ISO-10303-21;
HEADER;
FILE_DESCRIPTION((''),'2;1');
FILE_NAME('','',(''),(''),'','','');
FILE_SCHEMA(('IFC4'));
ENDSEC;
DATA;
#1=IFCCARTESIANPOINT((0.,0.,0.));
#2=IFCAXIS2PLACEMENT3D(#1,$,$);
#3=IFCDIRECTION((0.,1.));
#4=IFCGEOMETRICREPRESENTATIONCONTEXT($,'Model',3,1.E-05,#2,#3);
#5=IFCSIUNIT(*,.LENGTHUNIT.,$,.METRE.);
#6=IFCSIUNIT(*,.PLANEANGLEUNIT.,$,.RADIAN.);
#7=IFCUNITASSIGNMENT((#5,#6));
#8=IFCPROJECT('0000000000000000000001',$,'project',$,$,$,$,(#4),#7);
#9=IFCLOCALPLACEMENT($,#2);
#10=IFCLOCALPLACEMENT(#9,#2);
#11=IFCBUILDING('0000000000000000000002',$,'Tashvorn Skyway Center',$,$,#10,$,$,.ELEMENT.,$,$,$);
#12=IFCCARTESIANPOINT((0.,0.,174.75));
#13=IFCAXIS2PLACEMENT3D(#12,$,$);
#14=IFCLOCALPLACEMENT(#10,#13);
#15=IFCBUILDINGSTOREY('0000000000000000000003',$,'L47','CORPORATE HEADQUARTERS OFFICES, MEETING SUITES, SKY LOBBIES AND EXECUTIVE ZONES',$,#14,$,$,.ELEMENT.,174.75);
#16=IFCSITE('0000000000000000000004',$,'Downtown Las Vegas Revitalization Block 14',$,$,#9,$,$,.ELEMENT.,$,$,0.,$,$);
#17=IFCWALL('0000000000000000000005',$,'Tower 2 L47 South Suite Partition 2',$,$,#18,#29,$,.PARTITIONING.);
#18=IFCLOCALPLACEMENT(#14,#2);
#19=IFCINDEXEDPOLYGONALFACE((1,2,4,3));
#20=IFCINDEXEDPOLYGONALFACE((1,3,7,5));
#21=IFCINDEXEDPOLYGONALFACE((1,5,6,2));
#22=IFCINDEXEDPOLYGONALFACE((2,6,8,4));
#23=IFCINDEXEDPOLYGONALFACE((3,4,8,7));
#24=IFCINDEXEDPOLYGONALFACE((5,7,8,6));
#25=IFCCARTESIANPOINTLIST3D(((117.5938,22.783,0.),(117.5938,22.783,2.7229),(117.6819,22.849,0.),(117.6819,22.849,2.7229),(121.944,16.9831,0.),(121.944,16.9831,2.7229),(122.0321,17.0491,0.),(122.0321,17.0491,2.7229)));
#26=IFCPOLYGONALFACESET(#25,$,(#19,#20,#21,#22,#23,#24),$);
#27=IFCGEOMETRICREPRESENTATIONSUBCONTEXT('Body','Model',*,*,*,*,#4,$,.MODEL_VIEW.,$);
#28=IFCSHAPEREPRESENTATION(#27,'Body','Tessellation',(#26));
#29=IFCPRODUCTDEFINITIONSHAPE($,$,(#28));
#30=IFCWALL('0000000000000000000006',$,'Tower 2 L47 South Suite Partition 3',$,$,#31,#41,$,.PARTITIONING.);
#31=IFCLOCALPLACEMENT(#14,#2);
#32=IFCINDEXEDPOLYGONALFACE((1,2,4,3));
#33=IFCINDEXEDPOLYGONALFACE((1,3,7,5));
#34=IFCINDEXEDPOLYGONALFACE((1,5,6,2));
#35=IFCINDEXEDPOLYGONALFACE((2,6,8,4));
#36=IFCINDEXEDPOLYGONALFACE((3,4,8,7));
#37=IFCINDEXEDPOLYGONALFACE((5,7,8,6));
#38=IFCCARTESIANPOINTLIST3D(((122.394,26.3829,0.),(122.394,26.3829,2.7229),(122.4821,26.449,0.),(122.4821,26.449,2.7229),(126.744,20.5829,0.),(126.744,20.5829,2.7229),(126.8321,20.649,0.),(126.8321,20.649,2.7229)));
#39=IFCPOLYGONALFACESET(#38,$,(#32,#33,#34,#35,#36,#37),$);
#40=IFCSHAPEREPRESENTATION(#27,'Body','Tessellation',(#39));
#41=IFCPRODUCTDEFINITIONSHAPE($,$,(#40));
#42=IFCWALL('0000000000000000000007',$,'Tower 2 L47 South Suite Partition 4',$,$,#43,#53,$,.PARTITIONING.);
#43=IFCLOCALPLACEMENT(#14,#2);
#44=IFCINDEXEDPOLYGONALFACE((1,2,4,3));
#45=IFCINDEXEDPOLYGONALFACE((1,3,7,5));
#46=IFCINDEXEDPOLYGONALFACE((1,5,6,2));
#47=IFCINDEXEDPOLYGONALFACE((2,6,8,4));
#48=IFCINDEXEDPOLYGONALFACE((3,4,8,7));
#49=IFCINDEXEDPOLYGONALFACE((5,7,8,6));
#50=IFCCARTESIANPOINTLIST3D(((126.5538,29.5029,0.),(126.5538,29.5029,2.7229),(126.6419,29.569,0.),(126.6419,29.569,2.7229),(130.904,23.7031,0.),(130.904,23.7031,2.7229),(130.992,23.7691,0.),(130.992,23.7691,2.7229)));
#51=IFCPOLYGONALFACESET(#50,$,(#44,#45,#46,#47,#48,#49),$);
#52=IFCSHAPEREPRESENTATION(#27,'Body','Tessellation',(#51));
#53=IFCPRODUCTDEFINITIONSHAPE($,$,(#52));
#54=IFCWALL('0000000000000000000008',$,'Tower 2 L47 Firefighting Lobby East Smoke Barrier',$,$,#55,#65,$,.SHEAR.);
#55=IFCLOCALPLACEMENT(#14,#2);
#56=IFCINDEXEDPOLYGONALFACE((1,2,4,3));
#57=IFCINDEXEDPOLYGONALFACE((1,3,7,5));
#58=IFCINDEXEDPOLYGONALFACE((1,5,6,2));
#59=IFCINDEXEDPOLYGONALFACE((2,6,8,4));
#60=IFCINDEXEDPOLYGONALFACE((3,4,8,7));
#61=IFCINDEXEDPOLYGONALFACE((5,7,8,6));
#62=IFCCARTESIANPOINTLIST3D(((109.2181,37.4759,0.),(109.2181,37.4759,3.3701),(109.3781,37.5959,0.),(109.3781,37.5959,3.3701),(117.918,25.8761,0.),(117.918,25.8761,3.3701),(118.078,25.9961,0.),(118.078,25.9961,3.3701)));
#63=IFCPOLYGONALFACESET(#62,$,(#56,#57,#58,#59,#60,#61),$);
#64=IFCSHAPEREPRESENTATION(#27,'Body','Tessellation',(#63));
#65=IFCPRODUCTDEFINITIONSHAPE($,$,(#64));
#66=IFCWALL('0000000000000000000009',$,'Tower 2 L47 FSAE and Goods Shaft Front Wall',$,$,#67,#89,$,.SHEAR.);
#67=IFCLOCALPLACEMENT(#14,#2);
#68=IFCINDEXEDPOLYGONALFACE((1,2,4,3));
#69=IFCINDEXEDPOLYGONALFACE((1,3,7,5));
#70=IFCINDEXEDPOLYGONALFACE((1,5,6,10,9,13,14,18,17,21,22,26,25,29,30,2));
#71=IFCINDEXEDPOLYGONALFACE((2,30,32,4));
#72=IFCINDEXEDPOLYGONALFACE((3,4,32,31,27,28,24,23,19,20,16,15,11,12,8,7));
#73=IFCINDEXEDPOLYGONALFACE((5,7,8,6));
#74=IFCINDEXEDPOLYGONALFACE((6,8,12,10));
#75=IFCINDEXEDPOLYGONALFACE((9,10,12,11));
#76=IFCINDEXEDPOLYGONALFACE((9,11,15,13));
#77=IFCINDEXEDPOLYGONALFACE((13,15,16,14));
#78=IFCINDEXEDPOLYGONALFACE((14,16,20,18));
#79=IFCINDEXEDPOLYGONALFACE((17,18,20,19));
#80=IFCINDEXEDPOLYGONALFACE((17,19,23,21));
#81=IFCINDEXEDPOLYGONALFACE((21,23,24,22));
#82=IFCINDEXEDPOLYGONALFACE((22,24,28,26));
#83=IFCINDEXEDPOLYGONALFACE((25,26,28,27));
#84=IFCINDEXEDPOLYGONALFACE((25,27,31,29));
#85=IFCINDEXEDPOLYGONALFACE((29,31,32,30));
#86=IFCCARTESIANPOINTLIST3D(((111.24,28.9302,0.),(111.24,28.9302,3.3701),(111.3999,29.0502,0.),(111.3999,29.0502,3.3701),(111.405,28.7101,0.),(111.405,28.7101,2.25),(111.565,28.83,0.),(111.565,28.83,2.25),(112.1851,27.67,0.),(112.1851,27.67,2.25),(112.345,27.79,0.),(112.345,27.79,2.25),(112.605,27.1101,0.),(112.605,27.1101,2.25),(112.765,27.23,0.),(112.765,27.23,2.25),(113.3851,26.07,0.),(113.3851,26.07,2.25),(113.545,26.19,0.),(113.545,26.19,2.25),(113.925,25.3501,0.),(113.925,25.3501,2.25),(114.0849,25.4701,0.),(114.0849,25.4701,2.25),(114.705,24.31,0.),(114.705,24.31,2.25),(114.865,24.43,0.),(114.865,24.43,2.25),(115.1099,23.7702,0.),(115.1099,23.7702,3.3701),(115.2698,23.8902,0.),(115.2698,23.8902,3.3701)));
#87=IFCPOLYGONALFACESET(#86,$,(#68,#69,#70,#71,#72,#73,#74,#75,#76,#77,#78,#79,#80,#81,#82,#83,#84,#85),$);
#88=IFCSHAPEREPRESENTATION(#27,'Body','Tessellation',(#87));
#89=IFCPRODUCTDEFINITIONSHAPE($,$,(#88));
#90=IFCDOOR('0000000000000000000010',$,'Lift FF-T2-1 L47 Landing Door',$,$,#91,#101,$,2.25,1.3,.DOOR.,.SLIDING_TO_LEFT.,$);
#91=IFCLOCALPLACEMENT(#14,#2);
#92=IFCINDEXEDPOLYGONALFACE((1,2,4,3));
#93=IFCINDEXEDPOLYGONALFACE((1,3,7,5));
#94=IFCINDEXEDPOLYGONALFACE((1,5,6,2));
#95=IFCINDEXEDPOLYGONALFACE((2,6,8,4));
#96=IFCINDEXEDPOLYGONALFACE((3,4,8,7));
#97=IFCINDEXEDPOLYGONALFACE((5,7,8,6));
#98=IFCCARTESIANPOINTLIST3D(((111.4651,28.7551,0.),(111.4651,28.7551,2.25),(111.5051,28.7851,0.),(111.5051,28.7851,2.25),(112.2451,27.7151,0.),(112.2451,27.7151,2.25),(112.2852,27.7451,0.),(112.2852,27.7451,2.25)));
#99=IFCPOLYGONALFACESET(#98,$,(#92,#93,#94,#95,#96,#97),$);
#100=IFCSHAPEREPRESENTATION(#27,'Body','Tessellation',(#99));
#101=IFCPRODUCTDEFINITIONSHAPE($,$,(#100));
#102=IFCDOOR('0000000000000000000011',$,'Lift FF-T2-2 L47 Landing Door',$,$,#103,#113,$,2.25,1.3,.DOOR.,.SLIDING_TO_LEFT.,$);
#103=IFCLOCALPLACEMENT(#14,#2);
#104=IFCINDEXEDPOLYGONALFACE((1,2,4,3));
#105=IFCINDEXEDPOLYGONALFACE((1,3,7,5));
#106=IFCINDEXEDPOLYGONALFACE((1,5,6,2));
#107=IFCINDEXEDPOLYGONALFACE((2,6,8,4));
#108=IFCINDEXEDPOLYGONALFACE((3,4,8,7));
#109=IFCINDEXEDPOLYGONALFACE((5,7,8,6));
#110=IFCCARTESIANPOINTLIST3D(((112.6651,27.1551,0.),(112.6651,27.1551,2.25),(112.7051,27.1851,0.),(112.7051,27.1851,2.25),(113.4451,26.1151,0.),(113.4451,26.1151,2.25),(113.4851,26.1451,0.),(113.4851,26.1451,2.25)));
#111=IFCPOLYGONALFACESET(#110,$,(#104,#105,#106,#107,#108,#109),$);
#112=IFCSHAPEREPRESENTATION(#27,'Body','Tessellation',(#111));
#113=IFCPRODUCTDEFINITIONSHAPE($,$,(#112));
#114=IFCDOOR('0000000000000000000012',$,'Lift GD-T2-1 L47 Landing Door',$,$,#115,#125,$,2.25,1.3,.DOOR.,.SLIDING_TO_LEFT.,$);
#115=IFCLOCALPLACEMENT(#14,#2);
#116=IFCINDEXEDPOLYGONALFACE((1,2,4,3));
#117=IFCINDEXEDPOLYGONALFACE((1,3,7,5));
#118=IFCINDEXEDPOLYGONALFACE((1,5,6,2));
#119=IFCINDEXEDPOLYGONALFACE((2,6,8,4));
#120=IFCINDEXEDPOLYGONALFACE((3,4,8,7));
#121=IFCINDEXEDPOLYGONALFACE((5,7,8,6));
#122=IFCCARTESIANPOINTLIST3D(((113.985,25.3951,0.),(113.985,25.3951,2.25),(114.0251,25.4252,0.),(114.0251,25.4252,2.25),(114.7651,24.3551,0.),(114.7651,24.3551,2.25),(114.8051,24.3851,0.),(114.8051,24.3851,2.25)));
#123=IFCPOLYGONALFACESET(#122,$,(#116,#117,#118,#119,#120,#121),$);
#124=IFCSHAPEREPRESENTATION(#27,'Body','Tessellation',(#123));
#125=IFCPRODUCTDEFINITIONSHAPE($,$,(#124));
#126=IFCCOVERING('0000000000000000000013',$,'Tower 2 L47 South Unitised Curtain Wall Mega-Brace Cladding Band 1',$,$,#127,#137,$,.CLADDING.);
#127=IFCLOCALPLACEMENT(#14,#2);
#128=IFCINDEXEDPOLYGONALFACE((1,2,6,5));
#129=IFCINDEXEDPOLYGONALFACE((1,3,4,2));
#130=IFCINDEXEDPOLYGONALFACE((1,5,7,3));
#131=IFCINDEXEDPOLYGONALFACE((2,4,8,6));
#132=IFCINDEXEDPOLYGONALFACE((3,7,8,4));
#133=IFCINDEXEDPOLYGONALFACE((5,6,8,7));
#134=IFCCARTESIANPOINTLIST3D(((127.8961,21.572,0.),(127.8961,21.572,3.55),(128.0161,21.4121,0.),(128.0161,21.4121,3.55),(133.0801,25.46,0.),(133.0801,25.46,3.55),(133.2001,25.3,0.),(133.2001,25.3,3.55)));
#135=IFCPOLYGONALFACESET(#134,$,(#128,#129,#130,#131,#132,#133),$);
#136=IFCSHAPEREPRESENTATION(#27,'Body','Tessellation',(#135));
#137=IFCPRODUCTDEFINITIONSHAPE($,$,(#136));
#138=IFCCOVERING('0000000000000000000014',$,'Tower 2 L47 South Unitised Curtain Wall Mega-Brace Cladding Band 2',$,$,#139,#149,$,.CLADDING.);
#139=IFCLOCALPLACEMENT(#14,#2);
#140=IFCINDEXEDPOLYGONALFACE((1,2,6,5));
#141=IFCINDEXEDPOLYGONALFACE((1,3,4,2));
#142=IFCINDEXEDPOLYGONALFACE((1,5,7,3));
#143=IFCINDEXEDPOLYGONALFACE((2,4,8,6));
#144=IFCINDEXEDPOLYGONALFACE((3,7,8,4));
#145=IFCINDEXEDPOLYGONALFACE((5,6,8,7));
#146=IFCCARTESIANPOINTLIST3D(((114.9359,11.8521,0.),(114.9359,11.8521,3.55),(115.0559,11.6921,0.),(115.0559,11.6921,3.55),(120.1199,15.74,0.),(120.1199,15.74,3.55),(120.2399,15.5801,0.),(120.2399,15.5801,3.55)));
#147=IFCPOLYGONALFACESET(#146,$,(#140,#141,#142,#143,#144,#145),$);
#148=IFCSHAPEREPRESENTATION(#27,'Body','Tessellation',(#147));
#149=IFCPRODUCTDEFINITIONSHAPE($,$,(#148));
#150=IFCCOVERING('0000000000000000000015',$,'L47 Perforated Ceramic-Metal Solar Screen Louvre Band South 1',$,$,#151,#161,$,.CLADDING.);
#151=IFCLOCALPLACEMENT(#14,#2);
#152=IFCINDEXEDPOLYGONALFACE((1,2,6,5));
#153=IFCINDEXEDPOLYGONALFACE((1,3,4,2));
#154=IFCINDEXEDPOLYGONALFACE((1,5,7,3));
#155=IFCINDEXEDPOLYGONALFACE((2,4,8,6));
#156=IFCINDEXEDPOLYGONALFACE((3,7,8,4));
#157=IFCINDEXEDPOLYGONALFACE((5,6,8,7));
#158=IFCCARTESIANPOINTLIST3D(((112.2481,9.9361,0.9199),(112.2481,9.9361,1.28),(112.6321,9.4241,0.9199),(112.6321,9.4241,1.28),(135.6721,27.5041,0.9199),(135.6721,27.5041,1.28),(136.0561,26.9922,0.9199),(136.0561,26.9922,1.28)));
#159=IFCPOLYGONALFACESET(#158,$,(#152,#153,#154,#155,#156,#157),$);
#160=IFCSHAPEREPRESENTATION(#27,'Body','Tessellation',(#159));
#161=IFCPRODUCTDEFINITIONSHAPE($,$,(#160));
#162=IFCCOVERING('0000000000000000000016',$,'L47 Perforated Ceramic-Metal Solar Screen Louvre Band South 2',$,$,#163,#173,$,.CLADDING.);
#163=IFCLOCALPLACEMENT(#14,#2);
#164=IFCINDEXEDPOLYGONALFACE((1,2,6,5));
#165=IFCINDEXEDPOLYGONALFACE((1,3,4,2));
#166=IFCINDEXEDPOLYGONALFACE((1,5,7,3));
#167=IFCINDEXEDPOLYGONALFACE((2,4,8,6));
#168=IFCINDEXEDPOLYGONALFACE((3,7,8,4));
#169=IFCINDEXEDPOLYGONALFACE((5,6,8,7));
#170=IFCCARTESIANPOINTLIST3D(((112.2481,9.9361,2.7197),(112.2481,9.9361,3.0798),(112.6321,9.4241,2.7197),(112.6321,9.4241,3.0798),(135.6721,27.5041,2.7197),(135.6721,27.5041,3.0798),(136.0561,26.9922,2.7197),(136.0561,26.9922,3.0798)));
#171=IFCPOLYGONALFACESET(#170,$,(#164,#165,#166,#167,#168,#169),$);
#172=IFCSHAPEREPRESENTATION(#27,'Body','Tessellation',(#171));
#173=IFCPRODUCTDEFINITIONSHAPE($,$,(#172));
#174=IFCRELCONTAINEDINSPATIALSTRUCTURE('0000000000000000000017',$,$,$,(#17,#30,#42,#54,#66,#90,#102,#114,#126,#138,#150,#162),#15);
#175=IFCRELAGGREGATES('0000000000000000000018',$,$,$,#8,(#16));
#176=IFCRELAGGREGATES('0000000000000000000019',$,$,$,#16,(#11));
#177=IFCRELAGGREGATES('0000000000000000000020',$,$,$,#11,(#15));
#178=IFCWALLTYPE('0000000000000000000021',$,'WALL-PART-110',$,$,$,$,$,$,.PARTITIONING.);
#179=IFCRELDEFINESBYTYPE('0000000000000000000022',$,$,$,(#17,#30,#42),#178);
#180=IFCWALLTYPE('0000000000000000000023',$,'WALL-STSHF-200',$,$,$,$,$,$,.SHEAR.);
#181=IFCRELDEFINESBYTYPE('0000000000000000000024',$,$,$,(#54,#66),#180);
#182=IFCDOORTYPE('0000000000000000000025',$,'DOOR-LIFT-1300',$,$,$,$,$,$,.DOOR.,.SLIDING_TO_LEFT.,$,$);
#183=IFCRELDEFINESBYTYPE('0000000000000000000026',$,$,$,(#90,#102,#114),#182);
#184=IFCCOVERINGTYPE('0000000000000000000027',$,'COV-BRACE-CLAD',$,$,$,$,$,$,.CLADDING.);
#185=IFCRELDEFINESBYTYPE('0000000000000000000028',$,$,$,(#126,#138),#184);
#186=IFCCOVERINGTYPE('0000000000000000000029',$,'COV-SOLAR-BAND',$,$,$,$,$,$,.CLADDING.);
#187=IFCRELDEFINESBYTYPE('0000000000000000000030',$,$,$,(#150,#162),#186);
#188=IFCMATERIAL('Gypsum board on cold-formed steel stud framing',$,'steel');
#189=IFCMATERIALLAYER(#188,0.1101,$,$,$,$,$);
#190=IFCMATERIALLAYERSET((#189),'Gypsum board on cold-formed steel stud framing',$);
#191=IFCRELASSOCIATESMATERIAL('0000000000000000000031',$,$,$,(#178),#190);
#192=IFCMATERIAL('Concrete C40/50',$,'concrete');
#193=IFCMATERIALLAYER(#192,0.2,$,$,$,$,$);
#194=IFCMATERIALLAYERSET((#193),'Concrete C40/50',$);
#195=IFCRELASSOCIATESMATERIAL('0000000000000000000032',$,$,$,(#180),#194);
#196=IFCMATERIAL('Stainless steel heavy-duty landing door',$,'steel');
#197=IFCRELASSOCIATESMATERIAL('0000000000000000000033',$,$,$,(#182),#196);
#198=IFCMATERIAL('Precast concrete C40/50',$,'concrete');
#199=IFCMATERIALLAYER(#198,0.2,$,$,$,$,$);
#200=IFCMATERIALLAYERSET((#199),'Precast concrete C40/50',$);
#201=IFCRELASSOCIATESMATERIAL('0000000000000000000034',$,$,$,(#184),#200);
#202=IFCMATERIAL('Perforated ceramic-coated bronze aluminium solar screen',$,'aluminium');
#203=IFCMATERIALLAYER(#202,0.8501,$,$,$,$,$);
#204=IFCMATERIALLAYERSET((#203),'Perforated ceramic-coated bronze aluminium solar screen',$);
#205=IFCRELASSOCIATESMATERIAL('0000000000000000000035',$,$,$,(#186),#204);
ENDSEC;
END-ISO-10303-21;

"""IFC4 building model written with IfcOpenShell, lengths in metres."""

from ifc_helpers import new_model, si_unit, direction, frame, frame_2d, origin, origin_2d, place, context, subcontext, project, spatial, rectangle, extrude, material, layer, layer_set, type_object, element, fill, save


model = new_model("IFC4")

# Units and contexts
model_context = context("Model", 3, precision=1e-05, world=origin(), true_north=direction((0.0, 1.0)))
body_context = subcontext(model_context, "Body", "Model", "MODEL_VIEW")
ifc_project = project(units=[si_unit("LENGTHUNIT", "METRE"), si_unit("PLANEANGLEUNIT", "RADIAN")], contexts=[model_context])

# Site, building, storey
site_placement = place(None, origin())
site = spatial("IfcSite", under=ifc_project, at=site_placement, Name="Downtown Las Vegas Revitalization Block 14", CompositionType="ELEMENT", RefElevation=0.0)
building_placement = place(site_placement, origin())
building = spatial("IfcBuilding", under=site, at=building_placement, Name="Tashvorn Skyway Center", CompositionType="ELEMENT")
storey_placement = place(building_placement, frame((0.0, 0.0, 174.75)))
storey = spatial("IfcBuildingStorey", under=building, at=storey_placement, Name="L47", Description="CORPORATE HEADQUARTERS OFFICES, MEETING SUITES, SKY LOBBIES AND EXECUTIVE ZONES", CompositionType="ELEMENT", Elevation=174.75)

# Shared definitions
ifc_material_1 = material(Name="Concrete C40/50", Category="concrete")

# Walls
ifc_material_2 = material(Name="Gypsum board on cold-formed steel stud framing", Category="steel")
ifc_layer_1 = layer(ifc_material_2, 0.1101)
ifc_layer_set_1 = layer_set([ifc_layer_1], Name="Gypsum board on cold-formed steel stud framing")
wall_type_1 = type_object("IfcWallType", Name="WALL-PART-110", PredefinedType="PARTITIONING", material=ifc_layer_set_1)
for number, where, z_axis, x_axis, name in (
    (1, (121.988, 17.0161, 0.0), (0.0, 0.0, 1.0), (-0.600022, 0.799984, 0.0), "Tower 2 L47 South Suite Partition 2"),
    (2, (126.7881, 20.616, 0.0), (0.0, 0.0, 1.0), (-0.600005, 0.799996, 0.0), "Tower 2 L47 South Suite Partition 3"),
    (3, (130.948, 23.7361, 0.0), (0.0, 0.0, 1.0), (-0.600022, 0.799984, 0.0), "Tower 2 L47 South Suite Partition 4"),
):
    element("IfcWall", number, at=place(storey_placement, frame(where, z_axis=z_axis, x_axis=x_axis)), inside=storey, type_object=wall_type_1, Name=name, PredefinedType="PARTITIONING", context=body_context, shape_type="SweptSolid", body=[
        extrude(rectangle(XDim=7.25, YDim=0.1101, at=frame_2d((3.625, 0.0))), origin(), (0.0, 0.0, 1.0), 2.7229),
    ])
ifc_layer_2 = layer(ifc_material_1, 0.2)
ifc_layer_set_2 = layer_set([ifc_layer_2], Name="Concrete C40/50")
wall_type_2 = type_object("IfcWallType", Name="WALL-STSHF-200", PredefinedType="SHEAR", material=ifc_layer_set_2)
wall_1_placement = place(storey_placement, frame((117.998, 25.936, 0.0), z_axis=(0.0, 0.0, 1.0), x_axis=(-0.600003, 0.799998, 0.0)))
element("IfcWall", 4, at=wall_1_placement, inside=storey, type_object=wall_type_2, Name="Tower 2 L47 Firefighting Lobby East Smoke Barrier", PredefinedType="SHEAR", context=body_context, shape_type="SweptSolid", body=[
    extrude(rectangle(XDim=14.4998, YDim=0.2, at=frame_2d((7.25, 0.0))), origin(), (0.0, 0.0, 1.0), 3.3701),
])

# Wall, openings, doors
wall_2_placement = place(storey_placement, frame((115.1899, 23.8301, 0.0), z_axis=(0.0, 0.0, 1.0), x_axis=(-0.599994, 0.800005, 0.0)))
wall_2 = element("IfcWall", 5, at=wall_2_placement, inside=storey, type_object=wall_type_2, Name="Tower 2 L47 FSAE and Goods Shaft Front Wall", PredefinedType="SHEAR", context=body_context, shape_type="SweptSolid", body=[
    extrude(rectangle(XDim=6.45, YDim=0.2, at=frame_2d((3.2251, 0.0))), origin(), (0.0, 0.0, 1.0), 3.3701),
])
opening_1_placement = place(wall_2_placement, frame((4.875, 0.0, 0.0)))
opening_1 = element("IfcOpeningElement", 6, at=opening_1_placement, cuts=wall_2, PredefinedType="OPENING", context=body_context, shape_type="SweptSolid", body=[
    extrude(rectangle(XDim=1.3, YDim=2.25, at=frame_2d((0.6499, 1.125))), frame((0.0, 0.1099, 0.0), z_axis=(0.0, -1.0, 0.0), x_axis=(1.0, 0.0, 0.0)), (0.0, 0.0, 1.0), 0.22),
])
opening_2_placement = place(wall_2_placement, frame((2.875, 0.0, 0.0)))
opening_2 = element("IfcOpeningElement", 7, at=opening_2_placement, cuts=wall_2, PredefinedType="OPENING", context=body_context, shape_type="SweptSolid", body=[
    extrude(rectangle(XDim=1.3, YDim=2.25, at=frame_2d((0.6499, 1.125))), frame((0.0, 0.1099, 0.0), z_axis=(0.0, -1.0, 0.0), x_axis=(1.0, 0.0, 0.0)), (0.0, 0.0, 1.0), 0.22),
])
opening_3_placement = place(wall_2_placement, frame((0.675, 0.0, 0.0)))
opening_3 = element("IfcOpeningElement", 8, at=opening_3_placement, cuts=wall_2, PredefinedType="OPENING", context=body_context, shape_type="SweptSolid", body=[
    extrude(rectangle(XDim=1.3, YDim=2.25, at=frame_2d((0.6499, 1.125))), frame((0.0, 0.1099, 0.0), z_axis=(0.0, -1.0, 0.0), x_axis=(1.0, 0.0, 0.0)), (0.0, 0.0, 1.0), 0.22),
])
ifc_material_3 = material(Name="Stainless steel heavy-duty landing door", Category="steel")
door_type_1 = type_object("IfcDoorType", Name="DOOR-LIFT-1300", OperationType="SLIDING_TO_LEFT", PredefinedType="DOOR", material=ifc_material_3)
door_1_placement = place(opening_1_placement, origin())
door_1 = element("IfcDoor", 9, at=door_1_placement, inside=storey, type_object=door_type_1, Name="Lift FF-T2-1 L47 Landing Door", OperationType="SLIDING_TO_LEFT", OverallHeight=2.25, OverallWidth=1.3, PredefinedType="DOOR", context=body_context, shape_type="SweptSolid", body=[
    extrude(rectangle(XDim=1.3, YDim=2.25, at=frame_2d((0.6499, 1.125))), frame((0.0, 0.0249, 0.0), z_axis=(0.0, -1.0, 0.0), x_axis=(1.0, 0.0, 0.0)), (0.0, 0.0, 1.0), 0.05),
])
fill(opening_1, door_1)
door_2_placement = place(opening_2_placement, origin())
door_2 = element("IfcDoor", 10, at=door_2_placement, inside=storey, type_object=door_type_1, Name="Lift FF-T2-2 L47 Landing Door", OperationType="SLIDING_TO_LEFT", OverallHeight=2.25, OverallWidth=1.3, PredefinedType="DOOR", context=body_context, shape_type="SweptSolid", body=[
    extrude(rectangle(XDim=1.3, YDim=2.25, at=frame_2d((0.6499, 1.125))), frame((0.0, 0.0249, 0.0), z_axis=(0.0, -1.0, 0.0), x_axis=(1.0, 0.0, 0.0)), (0.0, 0.0, 1.0), 0.05),
])
fill(opening_2, door_2)
door_3_placement = place(opening_3_placement, origin())
door_3 = element("IfcDoor", 11, at=door_3_placement, inside=storey, type_object=door_type_1, Name="Lift GD-T2-1 L47 Landing Door", OperationType="SLIDING_TO_LEFT", OverallHeight=2.25, OverallWidth=1.3, PredefinedType="DOOR", context=body_context, shape_type="SweptSolid", body=[
    extrude(rectangle(XDim=1.3, YDim=2.25, at=frame_2d((0.6499, 1.125))), frame((0.0, 0.0249, 0.0), z_axis=(0.0, -1.0, 0.0), x_axis=(1.0, 0.0, 0.0)), (0.0, 0.0, 1.0), 0.05),
])
fill(opening_3, door_3)

# Coverings
ifc_material_4 = material(Name="Precast concrete C40/50", Category="concrete")
ifc_layer_3 = layer(ifc_material_4, 0.2)
ifc_layer_set_3 = layer_set([ifc_layer_3], Name="Precast concrete C40/50")
covering_type_1 = type_object("IfcCoveringType", Name="COV-BRACE-CLAD", PredefinedType="CLADDING", material=ifc_layer_set_3)
for number, where, z_axis, x_axis, name in (
    (12, (130.5481, 23.436, 0.0), (0.0, 0.0, 1.0), (-0.8, -0.6, 0.0), "Tower 2 L47 South Unitised Curtain Wall Mega-Brace Cladding Band 1"),
    (13, (117.5879, 13.7161, 0.0), (0.0, 0.0, 1.0), (-0.8, -0.6, 0.0), "Tower 2 L47 South Unitised Curtain Wall Mega-Brace Cladding Band 2"),
):
    element("IfcCovering", number, at=place(storey_placement, frame(where, z_axis=z_axis, x_axis=x_axis)), inside=storey, type_object=covering_type_1, Name=name, PredefinedType="CLADDING", context=body_context, shape_type="SweptSolid", body=[
        extrude(rectangle(XDim=6.48, YDim=0.2, at=origin_2d()), origin(), (0.0, 0.0, 1.0), 3.55),
    ])
ifc_material_5 = material(Name="Perforated ceramic-coated bronze aluminium solar screen", Category="aluminium")
ifc_layer_4 = layer(ifc_material_5, 0.8501)
ifc_layer_set_4 = layer_set([ifc_layer_4], Name="Perforated ceramic-coated bronze aluminium solar screen")
covering_type_2 = type_object("IfcCoveringType", Name="COV-SOLAR-BAND", PredefinedType="CLADDING", material=ifc_layer_set_4)
for number, where, z_axis, x_axis, name in (
    (14, (124.1521, 18.4641, 0.9199), (0.0, 0.0, 1.0), (-0.8, -0.6, 0.0), "L47 Perforated Ceramic-Metal Solar Screen Louvre Band South 1"),
    (15, (124.1521, 18.4641, 2.7197), (0.0, 0.0, 1.0), (-0.8, -0.6, 0.0), "L47 Perforated Ceramic-Metal Solar Screen Louvre Band South 2"),
):
    element("IfcCovering", number, at=place(storey_placement, frame(where, z_axis=z_axis, x_axis=x_axis)), inside=storey, type_object=covering_type_2, Name=name, PredefinedType="CLADDING", context=body_context, shape_type="SweptSolid", body=[
        extrude(rectangle(XDim=29.28, YDim=0.6399, at=origin_2d()), origin(), (0.0, 0.0, 1.0), 0.3601),
    ])

save(model, "model.ifc")
